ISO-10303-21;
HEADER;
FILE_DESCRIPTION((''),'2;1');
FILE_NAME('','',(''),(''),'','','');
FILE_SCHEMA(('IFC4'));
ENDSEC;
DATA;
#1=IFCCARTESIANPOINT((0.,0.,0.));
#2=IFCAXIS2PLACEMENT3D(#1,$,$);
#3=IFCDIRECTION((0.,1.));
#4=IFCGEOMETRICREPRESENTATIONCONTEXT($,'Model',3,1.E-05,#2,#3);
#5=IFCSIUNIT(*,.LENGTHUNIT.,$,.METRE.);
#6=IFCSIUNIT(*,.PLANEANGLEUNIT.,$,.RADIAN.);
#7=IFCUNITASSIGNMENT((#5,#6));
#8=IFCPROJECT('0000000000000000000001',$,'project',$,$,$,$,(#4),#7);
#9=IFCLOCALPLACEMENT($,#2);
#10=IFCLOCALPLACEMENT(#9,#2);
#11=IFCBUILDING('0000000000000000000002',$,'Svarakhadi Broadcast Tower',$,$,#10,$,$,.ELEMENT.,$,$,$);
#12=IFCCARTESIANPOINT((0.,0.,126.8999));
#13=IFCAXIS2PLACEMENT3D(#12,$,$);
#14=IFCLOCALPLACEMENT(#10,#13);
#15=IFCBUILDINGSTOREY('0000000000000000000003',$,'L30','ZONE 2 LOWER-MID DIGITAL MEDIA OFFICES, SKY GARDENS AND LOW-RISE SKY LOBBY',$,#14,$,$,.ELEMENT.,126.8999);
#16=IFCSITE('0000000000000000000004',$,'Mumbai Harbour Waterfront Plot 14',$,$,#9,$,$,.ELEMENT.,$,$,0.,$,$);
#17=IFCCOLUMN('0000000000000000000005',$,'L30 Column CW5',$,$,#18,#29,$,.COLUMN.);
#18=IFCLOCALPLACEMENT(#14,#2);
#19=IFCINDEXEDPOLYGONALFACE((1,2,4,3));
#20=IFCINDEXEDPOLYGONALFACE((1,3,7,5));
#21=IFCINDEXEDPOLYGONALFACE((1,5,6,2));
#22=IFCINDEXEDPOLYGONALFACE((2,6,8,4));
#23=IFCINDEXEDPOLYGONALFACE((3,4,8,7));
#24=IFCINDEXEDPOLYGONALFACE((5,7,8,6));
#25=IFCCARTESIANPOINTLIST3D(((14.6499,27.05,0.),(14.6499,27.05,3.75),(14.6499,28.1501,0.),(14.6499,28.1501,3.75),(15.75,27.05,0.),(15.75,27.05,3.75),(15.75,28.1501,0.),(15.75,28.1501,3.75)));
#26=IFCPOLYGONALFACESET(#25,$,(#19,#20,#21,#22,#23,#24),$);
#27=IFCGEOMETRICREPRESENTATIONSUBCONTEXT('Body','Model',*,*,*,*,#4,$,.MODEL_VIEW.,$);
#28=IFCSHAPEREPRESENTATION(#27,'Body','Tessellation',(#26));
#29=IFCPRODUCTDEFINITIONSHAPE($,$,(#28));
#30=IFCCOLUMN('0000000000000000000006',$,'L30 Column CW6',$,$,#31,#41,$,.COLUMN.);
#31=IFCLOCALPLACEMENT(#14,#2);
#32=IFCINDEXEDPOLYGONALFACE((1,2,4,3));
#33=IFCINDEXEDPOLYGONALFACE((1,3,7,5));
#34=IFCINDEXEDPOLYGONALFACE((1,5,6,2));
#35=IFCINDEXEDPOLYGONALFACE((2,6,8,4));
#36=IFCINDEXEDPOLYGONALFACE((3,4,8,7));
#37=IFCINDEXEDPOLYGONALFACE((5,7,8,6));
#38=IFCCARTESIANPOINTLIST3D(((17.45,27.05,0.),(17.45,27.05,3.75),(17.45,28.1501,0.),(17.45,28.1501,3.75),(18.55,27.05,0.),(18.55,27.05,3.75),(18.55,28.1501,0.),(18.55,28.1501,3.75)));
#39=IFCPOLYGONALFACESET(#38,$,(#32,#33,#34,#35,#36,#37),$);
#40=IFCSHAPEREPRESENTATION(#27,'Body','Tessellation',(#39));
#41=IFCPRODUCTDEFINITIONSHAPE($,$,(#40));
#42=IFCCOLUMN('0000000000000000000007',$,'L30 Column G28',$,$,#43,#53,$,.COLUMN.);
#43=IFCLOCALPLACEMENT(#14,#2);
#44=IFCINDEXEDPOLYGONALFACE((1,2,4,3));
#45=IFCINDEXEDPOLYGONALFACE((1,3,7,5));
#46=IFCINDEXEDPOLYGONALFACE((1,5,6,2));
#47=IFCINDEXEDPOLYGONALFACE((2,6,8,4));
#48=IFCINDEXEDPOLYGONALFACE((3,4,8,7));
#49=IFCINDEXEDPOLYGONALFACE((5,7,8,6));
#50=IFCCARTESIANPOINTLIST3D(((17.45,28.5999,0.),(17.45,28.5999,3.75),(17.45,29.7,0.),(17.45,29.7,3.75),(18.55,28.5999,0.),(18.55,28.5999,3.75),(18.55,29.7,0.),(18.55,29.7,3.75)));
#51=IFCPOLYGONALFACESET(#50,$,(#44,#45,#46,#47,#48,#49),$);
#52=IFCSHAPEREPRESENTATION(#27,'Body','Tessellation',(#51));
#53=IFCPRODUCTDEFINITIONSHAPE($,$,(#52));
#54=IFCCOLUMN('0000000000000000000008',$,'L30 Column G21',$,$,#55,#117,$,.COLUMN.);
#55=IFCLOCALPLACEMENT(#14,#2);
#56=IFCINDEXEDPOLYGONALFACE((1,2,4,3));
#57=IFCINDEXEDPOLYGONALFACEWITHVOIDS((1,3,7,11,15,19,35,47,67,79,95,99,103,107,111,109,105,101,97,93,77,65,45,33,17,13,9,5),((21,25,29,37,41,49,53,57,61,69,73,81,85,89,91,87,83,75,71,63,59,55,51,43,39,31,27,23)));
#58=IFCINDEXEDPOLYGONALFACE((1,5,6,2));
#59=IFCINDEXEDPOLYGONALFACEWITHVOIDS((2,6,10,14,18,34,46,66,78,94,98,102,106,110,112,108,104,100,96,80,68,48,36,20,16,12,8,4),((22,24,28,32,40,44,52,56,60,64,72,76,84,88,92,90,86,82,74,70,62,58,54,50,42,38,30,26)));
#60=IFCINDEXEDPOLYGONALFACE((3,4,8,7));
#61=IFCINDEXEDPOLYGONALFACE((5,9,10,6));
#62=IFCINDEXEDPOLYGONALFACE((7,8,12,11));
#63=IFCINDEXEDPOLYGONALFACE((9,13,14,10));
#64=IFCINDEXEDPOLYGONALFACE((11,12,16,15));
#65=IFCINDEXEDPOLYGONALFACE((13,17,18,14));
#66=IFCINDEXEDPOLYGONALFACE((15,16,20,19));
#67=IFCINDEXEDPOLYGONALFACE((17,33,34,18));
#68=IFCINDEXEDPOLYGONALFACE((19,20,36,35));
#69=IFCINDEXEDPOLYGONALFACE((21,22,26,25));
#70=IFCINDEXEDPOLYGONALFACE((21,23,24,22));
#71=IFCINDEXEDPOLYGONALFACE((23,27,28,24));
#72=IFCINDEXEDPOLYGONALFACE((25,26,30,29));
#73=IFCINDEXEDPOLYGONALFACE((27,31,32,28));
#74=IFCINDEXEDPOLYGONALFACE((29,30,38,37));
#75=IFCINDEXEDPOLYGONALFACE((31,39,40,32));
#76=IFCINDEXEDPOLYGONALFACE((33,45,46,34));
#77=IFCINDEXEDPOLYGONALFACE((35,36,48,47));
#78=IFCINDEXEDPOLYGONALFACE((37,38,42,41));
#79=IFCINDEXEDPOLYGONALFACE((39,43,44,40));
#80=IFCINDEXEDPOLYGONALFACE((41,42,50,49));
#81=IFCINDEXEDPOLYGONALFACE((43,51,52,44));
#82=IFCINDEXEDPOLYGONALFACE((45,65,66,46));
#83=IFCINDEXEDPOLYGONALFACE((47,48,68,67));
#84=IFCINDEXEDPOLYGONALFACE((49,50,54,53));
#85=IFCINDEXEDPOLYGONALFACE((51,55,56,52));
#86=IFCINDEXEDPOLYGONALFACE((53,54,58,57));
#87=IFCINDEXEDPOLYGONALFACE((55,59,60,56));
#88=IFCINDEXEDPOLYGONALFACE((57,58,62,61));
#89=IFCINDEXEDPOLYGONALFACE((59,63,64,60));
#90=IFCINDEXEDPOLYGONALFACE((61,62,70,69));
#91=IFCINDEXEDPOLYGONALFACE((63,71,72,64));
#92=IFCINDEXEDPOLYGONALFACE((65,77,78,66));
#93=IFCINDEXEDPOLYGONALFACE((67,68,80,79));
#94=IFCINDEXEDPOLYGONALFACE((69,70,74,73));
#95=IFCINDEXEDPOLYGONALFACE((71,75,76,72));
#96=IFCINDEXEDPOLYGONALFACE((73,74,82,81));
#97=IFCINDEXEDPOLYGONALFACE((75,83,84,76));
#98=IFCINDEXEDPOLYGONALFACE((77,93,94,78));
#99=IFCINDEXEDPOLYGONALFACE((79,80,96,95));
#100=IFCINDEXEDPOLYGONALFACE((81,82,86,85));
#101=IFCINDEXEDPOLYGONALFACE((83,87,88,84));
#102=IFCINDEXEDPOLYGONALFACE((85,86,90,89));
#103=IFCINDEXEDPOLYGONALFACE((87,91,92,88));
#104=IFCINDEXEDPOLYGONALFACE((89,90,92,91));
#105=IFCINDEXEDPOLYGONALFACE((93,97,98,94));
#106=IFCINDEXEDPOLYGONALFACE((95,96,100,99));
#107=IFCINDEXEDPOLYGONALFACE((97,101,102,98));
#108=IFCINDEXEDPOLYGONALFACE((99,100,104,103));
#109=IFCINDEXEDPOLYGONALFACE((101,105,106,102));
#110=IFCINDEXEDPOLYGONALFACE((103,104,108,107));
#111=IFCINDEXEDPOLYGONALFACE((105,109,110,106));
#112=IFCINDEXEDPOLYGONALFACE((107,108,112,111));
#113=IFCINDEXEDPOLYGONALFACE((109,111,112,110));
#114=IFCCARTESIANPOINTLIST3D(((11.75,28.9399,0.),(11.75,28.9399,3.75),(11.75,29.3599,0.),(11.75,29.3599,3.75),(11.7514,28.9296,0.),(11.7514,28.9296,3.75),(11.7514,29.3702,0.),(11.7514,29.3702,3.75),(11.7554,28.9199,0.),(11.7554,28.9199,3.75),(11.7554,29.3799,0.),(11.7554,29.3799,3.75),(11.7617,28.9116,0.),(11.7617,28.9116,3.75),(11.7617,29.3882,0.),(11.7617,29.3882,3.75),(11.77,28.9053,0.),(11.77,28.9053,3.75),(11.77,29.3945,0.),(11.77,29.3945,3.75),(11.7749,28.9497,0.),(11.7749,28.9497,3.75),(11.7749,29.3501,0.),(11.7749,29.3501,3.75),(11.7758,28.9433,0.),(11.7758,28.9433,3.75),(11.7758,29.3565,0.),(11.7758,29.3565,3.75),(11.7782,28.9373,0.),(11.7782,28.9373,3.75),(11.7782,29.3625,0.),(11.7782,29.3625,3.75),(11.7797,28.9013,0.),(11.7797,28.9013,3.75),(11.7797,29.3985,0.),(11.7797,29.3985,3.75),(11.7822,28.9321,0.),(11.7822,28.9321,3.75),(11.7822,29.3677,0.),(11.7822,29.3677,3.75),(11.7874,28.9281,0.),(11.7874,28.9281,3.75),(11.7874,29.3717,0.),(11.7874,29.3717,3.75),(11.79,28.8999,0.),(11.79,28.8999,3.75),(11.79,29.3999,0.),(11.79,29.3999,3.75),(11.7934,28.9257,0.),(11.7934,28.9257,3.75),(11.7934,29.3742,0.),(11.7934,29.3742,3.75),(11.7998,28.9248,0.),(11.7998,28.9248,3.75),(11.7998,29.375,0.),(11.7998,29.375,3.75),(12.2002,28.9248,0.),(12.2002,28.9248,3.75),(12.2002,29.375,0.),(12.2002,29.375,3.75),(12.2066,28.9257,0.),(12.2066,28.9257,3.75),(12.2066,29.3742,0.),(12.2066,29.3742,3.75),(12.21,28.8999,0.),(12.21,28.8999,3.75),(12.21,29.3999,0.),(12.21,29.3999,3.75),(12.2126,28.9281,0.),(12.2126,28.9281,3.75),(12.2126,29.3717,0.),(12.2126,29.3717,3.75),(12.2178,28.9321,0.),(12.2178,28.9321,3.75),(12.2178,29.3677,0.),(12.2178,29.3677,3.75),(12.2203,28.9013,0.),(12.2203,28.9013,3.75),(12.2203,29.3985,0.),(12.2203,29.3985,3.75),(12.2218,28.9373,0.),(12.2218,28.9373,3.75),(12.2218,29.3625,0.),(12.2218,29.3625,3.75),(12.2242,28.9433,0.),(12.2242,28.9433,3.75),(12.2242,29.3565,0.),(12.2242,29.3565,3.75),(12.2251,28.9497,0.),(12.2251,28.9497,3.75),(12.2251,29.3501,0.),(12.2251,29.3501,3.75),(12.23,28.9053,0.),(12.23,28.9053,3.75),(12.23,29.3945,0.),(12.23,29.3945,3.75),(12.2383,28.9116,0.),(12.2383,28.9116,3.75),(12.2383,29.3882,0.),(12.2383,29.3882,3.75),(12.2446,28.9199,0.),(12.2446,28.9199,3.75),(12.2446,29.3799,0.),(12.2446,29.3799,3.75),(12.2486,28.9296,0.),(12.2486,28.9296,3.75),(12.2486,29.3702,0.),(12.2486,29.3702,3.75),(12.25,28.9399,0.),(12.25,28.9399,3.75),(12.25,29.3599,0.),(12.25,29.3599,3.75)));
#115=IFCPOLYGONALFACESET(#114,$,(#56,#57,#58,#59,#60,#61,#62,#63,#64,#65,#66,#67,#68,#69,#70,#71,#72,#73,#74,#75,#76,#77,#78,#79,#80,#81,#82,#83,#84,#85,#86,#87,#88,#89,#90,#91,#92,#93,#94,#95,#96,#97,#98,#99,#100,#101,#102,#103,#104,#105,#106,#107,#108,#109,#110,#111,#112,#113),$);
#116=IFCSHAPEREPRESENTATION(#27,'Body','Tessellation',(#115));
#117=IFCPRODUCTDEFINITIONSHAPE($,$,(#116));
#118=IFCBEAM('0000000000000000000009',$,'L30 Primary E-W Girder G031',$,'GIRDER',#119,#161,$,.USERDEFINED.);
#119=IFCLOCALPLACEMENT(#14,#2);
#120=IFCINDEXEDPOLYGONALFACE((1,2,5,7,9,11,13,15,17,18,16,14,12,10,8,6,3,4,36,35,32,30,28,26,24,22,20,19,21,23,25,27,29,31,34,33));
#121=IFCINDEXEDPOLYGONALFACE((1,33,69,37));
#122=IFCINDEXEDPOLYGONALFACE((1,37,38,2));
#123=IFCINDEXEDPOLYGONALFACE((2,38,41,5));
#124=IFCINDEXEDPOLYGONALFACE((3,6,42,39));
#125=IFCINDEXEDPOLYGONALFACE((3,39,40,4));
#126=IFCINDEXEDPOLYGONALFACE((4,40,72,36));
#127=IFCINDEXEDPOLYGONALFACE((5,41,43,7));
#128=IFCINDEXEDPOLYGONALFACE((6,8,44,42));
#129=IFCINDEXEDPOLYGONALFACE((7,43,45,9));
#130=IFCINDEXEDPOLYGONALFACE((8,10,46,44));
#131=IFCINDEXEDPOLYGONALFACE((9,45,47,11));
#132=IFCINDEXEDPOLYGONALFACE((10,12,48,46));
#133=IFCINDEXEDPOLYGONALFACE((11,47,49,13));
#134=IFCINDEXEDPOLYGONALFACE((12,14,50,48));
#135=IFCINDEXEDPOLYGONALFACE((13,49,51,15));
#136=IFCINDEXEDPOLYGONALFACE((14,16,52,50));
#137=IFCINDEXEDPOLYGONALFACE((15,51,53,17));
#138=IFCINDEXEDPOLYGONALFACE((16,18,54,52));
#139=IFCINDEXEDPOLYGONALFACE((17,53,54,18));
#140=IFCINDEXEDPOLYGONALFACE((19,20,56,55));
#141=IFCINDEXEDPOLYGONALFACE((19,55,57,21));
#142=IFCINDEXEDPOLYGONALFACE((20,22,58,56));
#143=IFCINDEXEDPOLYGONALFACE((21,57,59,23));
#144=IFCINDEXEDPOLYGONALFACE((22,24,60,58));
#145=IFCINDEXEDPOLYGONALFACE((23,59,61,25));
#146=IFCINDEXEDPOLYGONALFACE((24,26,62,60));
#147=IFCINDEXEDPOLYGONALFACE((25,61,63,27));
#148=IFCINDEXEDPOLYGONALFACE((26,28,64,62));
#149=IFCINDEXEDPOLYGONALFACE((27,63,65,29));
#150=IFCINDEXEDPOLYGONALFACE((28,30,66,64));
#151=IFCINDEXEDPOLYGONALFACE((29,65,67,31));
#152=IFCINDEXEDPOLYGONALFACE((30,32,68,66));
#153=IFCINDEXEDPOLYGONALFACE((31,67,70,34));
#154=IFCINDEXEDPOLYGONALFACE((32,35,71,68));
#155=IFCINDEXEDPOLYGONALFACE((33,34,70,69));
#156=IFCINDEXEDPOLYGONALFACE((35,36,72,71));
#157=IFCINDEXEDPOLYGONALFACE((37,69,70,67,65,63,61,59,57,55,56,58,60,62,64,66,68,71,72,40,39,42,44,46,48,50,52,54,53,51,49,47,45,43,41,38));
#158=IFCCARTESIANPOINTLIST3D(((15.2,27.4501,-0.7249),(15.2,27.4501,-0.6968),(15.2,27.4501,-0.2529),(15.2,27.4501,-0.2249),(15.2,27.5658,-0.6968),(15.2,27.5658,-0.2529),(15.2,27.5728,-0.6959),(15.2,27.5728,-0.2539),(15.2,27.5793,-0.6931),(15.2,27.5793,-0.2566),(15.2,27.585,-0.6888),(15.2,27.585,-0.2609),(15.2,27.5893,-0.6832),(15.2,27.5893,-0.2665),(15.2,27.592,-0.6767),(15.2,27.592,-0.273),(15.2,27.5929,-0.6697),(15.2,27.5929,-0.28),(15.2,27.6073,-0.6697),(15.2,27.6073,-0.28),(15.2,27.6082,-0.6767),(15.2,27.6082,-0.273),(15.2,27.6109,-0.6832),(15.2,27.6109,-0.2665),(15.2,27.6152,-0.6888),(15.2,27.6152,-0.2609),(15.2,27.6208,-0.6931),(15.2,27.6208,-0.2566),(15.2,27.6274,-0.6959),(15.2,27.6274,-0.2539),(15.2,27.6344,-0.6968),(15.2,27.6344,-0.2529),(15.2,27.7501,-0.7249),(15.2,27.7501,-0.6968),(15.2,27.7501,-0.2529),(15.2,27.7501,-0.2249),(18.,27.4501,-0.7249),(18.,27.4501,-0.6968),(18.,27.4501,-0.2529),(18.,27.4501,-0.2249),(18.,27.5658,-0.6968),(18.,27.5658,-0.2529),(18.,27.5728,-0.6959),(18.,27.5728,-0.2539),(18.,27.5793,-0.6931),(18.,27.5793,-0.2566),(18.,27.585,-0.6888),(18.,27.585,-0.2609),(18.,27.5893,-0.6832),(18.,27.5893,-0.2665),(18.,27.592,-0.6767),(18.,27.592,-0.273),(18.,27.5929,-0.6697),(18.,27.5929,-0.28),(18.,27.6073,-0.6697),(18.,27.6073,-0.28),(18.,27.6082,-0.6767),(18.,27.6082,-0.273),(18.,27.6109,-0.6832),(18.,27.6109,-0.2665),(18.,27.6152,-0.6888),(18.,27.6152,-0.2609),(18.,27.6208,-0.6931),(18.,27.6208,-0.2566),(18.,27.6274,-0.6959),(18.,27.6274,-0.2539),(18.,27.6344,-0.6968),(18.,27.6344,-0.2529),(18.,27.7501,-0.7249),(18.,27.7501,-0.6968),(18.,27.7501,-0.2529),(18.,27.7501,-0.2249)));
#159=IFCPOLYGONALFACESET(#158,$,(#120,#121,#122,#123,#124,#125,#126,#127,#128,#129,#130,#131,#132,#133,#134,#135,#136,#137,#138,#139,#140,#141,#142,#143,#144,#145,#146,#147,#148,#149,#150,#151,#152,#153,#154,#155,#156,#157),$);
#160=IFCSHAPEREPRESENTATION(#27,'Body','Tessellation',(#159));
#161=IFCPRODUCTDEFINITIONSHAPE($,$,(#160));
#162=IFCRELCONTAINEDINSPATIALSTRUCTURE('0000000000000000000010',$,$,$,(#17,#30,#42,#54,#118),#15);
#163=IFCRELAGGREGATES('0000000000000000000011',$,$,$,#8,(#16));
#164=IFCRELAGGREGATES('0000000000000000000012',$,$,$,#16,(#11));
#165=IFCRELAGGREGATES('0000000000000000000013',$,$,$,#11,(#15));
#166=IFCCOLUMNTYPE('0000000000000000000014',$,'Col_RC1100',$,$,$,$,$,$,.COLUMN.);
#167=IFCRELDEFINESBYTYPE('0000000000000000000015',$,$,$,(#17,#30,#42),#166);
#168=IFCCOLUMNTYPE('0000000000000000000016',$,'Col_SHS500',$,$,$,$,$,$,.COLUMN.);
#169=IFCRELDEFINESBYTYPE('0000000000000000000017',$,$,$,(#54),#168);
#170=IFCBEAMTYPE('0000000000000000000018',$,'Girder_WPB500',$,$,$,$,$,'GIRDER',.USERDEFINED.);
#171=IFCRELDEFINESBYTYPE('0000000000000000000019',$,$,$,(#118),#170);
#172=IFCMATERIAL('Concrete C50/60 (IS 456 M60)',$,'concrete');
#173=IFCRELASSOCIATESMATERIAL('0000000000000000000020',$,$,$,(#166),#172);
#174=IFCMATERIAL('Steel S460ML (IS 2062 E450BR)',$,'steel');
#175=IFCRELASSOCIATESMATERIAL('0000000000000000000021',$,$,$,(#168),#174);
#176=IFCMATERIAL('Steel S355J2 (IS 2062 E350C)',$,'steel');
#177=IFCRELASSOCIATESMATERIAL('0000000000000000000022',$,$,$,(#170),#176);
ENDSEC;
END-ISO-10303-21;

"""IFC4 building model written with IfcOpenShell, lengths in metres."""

from ifc_helpers import new_model, si_unit, direction, frame, origin, origin_2d, place, context, subcontext, project, spatial, rectangle, hollow_rectangle, i_section, extrude, material, material_profile, profile_set, type_object, element, save


model = new_model("IFC4")

# Units and contexts
model_context = context("Model", 3, precision=1e-05, world=origin(), true_north=direction((0.0, 1.0)))
body_context = subcontext(model_context, "Body", "Model", "MODEL_VIEW")
ifc_project = project(units=[si_unit("LENGTHUNIT", "METRE"), si_unit("PLANEANGLEUNIT", "RADIAN")], contexts=[model_context])

# Site, building, storey
site_placement = place(None, origin())
site = spatial("IfcSite", under=ifc_project, at=site_placement, Name="Mumbai Harbour Waterfront Plot 14", CompositionType="ELEMENT", RefElevation=0.0)
building_placement = place(site_placement, origin())
building = spatial("IfcBuilding", under=site, at=building_placement, Name="Svarakhadi Broadcast Tower", CompositionType="ELEMENT")
storey_placement = place(building_placement, frame((0.0, 0.0, 126.8999)))
storey = spatial("IfcBuildingStorey", under=building, at=storey_placement, Name="L30", Description="ZONE 2 LOWER-MID DIGITAL MEDIA OFFICES, SKY GARDENS AND LOW-RISE SKY LOBBY", CompositionType="ELEMENT", Elevation=126.8999)

# Columns
ifc_material_1 = material(Name="Concrete C50/60 (IS 456 M60)", Category="concrete")
ifc_material_profile_1 = material_profile(ifc_material_1, rectangle(XDim=1.1001, YDim=1.1001, at=origin_2d()), Name="RC 1100x1100")
ifc_profile_set_1 = profile_set([ifc_material_profile_1], Name="Concrete C50/60 (IS 456 M60)")
column_type_1 = type_object("IfcColumnType", Name="Col_RC1100", PredefinedType="COLUMN", material=ifc_profile_set_1)
for number, where, z_axis, x_axis, name in (
    (1, (15.2, 27.6001, 0.0), (0.0, 0.0, 1.0), (1.0, 0.0, 0.0), "L30 Column CW5"),
    (2, (18.0, 27.6001, 0.0), (0.0, 0.0, 1.0), (1.0, 0.0, 0.0), "L30 Column CW6"),
    (3, (18.0, 29.1499, 0.0), (0.0, 0.0, 1.0), (1.0, 0.0, 0.0), "L30 Column G28"),
):
    element("IfcColumn", number, at=place(storey_placement, frame(where, z_axis=z_axis, x_axis=x_axis)), inside=storey, type_object=column_type_1, Name=name, PredefinedType="COLUMN", context=body_context, shape_type="SweptSolid", body=[
        extrude(rectangle(XDim=1.1001, YDim=1.1001, at=origin_2d()), origin(), (0.0, 0.0, 1.0), 3.75),
    ])
ifc_material_2 = material(Name="Steel S460ML (IS 2062 E450BR)", Category="steel")
ifc_material_profile_2 = material_profile(ifc_material_2, hollow_rectangle(XDim=0.5, YDim=0.5, WallThickness=0.0249, InnerFilletRadius=0.0249, OuterFilletRadius=0.04, at=origin_2d()), Name="SHS 500x500x25")
ifc_profile_set_2 = profile_set([ifc_material_profile_2], Name="Steel S460ML (IS 2062 E450BR)")
column_type_2 = type_object("IfcColumnType", Name="Col_SHS500", PredefinedType="COLUMN", material=ifc_profile_set_2)
column_placement = place(storey_placement, frame((12.0, 29.1499, 0.0), z_axis=(0.0, 0.0, 1.0), x_axis=(1.0, 0.0, 0.0)))
element("IfcColumn", 4, at=column_placement, inside=storey, type_object=column_type_2, Name="L30 Column G21", PredefinedType="COLUMN", context=body_context, shape_type="SweptSolid", body=[
    extrude(hollow_rectangle(XDim=0.5, YDim=0.5, WallThickness=0.0249, InnerFilletRadius=0.0249, OuterFilletRadius=0.04, at=origin_2d()), origin(), (0.0, 0.0, 1.0), 3.75),
])

# Beam
ifc_material_3 = material(Name="Steel S355J2 (IS 2062 E350C)", Category="steel")
ifc_material_profile_3 = material_profile(ifc_material_3, i_section(OverallWidth=0.3, OverallDepth=0.5, WebThickness=0.0144, FlangeThickness=0.0281, FilletRadius=0.0271, at=origin_2d()), Name="WPB 500x300x187")
ifc_profile_set_3 = profile_set([ifc_material_profile_3], Name="Steel S355J2 (IS 2062 E350C)")
beam_type = type_object("IfcBeamType", Name="Girder_WPB500", ElementType="GIRDER", PredefinedType="USERDEFINED", material=ifc_profile_set_3)
beam_placement = place(storey_placement, frame((15.2, 27.6001, -0.4749), z_axis=(1.0, 0.0, 0.0), x_axis=(0.0, 1.0, 0.0)))
element("IfcBeam", 5, at=beam_placement, inside=storey, type_object=beam_type, Name="L30 Primary E-W Girder G031", ObjectType="GIRDER", PredefinedType="USERDEFINED", context=body_context, shape_type="SweptSolid", body=[
    extrude(i_section(OverallWidth=0.3, OverallDepth=0.5, WebThickness=0.0144, FlangeThickness=0.0281, FilletRadius=0.0271, at=origin_2d()), origin(), (0.0, 0.0, 1.0), 2.8),
])

save(model, "model.ifc")
